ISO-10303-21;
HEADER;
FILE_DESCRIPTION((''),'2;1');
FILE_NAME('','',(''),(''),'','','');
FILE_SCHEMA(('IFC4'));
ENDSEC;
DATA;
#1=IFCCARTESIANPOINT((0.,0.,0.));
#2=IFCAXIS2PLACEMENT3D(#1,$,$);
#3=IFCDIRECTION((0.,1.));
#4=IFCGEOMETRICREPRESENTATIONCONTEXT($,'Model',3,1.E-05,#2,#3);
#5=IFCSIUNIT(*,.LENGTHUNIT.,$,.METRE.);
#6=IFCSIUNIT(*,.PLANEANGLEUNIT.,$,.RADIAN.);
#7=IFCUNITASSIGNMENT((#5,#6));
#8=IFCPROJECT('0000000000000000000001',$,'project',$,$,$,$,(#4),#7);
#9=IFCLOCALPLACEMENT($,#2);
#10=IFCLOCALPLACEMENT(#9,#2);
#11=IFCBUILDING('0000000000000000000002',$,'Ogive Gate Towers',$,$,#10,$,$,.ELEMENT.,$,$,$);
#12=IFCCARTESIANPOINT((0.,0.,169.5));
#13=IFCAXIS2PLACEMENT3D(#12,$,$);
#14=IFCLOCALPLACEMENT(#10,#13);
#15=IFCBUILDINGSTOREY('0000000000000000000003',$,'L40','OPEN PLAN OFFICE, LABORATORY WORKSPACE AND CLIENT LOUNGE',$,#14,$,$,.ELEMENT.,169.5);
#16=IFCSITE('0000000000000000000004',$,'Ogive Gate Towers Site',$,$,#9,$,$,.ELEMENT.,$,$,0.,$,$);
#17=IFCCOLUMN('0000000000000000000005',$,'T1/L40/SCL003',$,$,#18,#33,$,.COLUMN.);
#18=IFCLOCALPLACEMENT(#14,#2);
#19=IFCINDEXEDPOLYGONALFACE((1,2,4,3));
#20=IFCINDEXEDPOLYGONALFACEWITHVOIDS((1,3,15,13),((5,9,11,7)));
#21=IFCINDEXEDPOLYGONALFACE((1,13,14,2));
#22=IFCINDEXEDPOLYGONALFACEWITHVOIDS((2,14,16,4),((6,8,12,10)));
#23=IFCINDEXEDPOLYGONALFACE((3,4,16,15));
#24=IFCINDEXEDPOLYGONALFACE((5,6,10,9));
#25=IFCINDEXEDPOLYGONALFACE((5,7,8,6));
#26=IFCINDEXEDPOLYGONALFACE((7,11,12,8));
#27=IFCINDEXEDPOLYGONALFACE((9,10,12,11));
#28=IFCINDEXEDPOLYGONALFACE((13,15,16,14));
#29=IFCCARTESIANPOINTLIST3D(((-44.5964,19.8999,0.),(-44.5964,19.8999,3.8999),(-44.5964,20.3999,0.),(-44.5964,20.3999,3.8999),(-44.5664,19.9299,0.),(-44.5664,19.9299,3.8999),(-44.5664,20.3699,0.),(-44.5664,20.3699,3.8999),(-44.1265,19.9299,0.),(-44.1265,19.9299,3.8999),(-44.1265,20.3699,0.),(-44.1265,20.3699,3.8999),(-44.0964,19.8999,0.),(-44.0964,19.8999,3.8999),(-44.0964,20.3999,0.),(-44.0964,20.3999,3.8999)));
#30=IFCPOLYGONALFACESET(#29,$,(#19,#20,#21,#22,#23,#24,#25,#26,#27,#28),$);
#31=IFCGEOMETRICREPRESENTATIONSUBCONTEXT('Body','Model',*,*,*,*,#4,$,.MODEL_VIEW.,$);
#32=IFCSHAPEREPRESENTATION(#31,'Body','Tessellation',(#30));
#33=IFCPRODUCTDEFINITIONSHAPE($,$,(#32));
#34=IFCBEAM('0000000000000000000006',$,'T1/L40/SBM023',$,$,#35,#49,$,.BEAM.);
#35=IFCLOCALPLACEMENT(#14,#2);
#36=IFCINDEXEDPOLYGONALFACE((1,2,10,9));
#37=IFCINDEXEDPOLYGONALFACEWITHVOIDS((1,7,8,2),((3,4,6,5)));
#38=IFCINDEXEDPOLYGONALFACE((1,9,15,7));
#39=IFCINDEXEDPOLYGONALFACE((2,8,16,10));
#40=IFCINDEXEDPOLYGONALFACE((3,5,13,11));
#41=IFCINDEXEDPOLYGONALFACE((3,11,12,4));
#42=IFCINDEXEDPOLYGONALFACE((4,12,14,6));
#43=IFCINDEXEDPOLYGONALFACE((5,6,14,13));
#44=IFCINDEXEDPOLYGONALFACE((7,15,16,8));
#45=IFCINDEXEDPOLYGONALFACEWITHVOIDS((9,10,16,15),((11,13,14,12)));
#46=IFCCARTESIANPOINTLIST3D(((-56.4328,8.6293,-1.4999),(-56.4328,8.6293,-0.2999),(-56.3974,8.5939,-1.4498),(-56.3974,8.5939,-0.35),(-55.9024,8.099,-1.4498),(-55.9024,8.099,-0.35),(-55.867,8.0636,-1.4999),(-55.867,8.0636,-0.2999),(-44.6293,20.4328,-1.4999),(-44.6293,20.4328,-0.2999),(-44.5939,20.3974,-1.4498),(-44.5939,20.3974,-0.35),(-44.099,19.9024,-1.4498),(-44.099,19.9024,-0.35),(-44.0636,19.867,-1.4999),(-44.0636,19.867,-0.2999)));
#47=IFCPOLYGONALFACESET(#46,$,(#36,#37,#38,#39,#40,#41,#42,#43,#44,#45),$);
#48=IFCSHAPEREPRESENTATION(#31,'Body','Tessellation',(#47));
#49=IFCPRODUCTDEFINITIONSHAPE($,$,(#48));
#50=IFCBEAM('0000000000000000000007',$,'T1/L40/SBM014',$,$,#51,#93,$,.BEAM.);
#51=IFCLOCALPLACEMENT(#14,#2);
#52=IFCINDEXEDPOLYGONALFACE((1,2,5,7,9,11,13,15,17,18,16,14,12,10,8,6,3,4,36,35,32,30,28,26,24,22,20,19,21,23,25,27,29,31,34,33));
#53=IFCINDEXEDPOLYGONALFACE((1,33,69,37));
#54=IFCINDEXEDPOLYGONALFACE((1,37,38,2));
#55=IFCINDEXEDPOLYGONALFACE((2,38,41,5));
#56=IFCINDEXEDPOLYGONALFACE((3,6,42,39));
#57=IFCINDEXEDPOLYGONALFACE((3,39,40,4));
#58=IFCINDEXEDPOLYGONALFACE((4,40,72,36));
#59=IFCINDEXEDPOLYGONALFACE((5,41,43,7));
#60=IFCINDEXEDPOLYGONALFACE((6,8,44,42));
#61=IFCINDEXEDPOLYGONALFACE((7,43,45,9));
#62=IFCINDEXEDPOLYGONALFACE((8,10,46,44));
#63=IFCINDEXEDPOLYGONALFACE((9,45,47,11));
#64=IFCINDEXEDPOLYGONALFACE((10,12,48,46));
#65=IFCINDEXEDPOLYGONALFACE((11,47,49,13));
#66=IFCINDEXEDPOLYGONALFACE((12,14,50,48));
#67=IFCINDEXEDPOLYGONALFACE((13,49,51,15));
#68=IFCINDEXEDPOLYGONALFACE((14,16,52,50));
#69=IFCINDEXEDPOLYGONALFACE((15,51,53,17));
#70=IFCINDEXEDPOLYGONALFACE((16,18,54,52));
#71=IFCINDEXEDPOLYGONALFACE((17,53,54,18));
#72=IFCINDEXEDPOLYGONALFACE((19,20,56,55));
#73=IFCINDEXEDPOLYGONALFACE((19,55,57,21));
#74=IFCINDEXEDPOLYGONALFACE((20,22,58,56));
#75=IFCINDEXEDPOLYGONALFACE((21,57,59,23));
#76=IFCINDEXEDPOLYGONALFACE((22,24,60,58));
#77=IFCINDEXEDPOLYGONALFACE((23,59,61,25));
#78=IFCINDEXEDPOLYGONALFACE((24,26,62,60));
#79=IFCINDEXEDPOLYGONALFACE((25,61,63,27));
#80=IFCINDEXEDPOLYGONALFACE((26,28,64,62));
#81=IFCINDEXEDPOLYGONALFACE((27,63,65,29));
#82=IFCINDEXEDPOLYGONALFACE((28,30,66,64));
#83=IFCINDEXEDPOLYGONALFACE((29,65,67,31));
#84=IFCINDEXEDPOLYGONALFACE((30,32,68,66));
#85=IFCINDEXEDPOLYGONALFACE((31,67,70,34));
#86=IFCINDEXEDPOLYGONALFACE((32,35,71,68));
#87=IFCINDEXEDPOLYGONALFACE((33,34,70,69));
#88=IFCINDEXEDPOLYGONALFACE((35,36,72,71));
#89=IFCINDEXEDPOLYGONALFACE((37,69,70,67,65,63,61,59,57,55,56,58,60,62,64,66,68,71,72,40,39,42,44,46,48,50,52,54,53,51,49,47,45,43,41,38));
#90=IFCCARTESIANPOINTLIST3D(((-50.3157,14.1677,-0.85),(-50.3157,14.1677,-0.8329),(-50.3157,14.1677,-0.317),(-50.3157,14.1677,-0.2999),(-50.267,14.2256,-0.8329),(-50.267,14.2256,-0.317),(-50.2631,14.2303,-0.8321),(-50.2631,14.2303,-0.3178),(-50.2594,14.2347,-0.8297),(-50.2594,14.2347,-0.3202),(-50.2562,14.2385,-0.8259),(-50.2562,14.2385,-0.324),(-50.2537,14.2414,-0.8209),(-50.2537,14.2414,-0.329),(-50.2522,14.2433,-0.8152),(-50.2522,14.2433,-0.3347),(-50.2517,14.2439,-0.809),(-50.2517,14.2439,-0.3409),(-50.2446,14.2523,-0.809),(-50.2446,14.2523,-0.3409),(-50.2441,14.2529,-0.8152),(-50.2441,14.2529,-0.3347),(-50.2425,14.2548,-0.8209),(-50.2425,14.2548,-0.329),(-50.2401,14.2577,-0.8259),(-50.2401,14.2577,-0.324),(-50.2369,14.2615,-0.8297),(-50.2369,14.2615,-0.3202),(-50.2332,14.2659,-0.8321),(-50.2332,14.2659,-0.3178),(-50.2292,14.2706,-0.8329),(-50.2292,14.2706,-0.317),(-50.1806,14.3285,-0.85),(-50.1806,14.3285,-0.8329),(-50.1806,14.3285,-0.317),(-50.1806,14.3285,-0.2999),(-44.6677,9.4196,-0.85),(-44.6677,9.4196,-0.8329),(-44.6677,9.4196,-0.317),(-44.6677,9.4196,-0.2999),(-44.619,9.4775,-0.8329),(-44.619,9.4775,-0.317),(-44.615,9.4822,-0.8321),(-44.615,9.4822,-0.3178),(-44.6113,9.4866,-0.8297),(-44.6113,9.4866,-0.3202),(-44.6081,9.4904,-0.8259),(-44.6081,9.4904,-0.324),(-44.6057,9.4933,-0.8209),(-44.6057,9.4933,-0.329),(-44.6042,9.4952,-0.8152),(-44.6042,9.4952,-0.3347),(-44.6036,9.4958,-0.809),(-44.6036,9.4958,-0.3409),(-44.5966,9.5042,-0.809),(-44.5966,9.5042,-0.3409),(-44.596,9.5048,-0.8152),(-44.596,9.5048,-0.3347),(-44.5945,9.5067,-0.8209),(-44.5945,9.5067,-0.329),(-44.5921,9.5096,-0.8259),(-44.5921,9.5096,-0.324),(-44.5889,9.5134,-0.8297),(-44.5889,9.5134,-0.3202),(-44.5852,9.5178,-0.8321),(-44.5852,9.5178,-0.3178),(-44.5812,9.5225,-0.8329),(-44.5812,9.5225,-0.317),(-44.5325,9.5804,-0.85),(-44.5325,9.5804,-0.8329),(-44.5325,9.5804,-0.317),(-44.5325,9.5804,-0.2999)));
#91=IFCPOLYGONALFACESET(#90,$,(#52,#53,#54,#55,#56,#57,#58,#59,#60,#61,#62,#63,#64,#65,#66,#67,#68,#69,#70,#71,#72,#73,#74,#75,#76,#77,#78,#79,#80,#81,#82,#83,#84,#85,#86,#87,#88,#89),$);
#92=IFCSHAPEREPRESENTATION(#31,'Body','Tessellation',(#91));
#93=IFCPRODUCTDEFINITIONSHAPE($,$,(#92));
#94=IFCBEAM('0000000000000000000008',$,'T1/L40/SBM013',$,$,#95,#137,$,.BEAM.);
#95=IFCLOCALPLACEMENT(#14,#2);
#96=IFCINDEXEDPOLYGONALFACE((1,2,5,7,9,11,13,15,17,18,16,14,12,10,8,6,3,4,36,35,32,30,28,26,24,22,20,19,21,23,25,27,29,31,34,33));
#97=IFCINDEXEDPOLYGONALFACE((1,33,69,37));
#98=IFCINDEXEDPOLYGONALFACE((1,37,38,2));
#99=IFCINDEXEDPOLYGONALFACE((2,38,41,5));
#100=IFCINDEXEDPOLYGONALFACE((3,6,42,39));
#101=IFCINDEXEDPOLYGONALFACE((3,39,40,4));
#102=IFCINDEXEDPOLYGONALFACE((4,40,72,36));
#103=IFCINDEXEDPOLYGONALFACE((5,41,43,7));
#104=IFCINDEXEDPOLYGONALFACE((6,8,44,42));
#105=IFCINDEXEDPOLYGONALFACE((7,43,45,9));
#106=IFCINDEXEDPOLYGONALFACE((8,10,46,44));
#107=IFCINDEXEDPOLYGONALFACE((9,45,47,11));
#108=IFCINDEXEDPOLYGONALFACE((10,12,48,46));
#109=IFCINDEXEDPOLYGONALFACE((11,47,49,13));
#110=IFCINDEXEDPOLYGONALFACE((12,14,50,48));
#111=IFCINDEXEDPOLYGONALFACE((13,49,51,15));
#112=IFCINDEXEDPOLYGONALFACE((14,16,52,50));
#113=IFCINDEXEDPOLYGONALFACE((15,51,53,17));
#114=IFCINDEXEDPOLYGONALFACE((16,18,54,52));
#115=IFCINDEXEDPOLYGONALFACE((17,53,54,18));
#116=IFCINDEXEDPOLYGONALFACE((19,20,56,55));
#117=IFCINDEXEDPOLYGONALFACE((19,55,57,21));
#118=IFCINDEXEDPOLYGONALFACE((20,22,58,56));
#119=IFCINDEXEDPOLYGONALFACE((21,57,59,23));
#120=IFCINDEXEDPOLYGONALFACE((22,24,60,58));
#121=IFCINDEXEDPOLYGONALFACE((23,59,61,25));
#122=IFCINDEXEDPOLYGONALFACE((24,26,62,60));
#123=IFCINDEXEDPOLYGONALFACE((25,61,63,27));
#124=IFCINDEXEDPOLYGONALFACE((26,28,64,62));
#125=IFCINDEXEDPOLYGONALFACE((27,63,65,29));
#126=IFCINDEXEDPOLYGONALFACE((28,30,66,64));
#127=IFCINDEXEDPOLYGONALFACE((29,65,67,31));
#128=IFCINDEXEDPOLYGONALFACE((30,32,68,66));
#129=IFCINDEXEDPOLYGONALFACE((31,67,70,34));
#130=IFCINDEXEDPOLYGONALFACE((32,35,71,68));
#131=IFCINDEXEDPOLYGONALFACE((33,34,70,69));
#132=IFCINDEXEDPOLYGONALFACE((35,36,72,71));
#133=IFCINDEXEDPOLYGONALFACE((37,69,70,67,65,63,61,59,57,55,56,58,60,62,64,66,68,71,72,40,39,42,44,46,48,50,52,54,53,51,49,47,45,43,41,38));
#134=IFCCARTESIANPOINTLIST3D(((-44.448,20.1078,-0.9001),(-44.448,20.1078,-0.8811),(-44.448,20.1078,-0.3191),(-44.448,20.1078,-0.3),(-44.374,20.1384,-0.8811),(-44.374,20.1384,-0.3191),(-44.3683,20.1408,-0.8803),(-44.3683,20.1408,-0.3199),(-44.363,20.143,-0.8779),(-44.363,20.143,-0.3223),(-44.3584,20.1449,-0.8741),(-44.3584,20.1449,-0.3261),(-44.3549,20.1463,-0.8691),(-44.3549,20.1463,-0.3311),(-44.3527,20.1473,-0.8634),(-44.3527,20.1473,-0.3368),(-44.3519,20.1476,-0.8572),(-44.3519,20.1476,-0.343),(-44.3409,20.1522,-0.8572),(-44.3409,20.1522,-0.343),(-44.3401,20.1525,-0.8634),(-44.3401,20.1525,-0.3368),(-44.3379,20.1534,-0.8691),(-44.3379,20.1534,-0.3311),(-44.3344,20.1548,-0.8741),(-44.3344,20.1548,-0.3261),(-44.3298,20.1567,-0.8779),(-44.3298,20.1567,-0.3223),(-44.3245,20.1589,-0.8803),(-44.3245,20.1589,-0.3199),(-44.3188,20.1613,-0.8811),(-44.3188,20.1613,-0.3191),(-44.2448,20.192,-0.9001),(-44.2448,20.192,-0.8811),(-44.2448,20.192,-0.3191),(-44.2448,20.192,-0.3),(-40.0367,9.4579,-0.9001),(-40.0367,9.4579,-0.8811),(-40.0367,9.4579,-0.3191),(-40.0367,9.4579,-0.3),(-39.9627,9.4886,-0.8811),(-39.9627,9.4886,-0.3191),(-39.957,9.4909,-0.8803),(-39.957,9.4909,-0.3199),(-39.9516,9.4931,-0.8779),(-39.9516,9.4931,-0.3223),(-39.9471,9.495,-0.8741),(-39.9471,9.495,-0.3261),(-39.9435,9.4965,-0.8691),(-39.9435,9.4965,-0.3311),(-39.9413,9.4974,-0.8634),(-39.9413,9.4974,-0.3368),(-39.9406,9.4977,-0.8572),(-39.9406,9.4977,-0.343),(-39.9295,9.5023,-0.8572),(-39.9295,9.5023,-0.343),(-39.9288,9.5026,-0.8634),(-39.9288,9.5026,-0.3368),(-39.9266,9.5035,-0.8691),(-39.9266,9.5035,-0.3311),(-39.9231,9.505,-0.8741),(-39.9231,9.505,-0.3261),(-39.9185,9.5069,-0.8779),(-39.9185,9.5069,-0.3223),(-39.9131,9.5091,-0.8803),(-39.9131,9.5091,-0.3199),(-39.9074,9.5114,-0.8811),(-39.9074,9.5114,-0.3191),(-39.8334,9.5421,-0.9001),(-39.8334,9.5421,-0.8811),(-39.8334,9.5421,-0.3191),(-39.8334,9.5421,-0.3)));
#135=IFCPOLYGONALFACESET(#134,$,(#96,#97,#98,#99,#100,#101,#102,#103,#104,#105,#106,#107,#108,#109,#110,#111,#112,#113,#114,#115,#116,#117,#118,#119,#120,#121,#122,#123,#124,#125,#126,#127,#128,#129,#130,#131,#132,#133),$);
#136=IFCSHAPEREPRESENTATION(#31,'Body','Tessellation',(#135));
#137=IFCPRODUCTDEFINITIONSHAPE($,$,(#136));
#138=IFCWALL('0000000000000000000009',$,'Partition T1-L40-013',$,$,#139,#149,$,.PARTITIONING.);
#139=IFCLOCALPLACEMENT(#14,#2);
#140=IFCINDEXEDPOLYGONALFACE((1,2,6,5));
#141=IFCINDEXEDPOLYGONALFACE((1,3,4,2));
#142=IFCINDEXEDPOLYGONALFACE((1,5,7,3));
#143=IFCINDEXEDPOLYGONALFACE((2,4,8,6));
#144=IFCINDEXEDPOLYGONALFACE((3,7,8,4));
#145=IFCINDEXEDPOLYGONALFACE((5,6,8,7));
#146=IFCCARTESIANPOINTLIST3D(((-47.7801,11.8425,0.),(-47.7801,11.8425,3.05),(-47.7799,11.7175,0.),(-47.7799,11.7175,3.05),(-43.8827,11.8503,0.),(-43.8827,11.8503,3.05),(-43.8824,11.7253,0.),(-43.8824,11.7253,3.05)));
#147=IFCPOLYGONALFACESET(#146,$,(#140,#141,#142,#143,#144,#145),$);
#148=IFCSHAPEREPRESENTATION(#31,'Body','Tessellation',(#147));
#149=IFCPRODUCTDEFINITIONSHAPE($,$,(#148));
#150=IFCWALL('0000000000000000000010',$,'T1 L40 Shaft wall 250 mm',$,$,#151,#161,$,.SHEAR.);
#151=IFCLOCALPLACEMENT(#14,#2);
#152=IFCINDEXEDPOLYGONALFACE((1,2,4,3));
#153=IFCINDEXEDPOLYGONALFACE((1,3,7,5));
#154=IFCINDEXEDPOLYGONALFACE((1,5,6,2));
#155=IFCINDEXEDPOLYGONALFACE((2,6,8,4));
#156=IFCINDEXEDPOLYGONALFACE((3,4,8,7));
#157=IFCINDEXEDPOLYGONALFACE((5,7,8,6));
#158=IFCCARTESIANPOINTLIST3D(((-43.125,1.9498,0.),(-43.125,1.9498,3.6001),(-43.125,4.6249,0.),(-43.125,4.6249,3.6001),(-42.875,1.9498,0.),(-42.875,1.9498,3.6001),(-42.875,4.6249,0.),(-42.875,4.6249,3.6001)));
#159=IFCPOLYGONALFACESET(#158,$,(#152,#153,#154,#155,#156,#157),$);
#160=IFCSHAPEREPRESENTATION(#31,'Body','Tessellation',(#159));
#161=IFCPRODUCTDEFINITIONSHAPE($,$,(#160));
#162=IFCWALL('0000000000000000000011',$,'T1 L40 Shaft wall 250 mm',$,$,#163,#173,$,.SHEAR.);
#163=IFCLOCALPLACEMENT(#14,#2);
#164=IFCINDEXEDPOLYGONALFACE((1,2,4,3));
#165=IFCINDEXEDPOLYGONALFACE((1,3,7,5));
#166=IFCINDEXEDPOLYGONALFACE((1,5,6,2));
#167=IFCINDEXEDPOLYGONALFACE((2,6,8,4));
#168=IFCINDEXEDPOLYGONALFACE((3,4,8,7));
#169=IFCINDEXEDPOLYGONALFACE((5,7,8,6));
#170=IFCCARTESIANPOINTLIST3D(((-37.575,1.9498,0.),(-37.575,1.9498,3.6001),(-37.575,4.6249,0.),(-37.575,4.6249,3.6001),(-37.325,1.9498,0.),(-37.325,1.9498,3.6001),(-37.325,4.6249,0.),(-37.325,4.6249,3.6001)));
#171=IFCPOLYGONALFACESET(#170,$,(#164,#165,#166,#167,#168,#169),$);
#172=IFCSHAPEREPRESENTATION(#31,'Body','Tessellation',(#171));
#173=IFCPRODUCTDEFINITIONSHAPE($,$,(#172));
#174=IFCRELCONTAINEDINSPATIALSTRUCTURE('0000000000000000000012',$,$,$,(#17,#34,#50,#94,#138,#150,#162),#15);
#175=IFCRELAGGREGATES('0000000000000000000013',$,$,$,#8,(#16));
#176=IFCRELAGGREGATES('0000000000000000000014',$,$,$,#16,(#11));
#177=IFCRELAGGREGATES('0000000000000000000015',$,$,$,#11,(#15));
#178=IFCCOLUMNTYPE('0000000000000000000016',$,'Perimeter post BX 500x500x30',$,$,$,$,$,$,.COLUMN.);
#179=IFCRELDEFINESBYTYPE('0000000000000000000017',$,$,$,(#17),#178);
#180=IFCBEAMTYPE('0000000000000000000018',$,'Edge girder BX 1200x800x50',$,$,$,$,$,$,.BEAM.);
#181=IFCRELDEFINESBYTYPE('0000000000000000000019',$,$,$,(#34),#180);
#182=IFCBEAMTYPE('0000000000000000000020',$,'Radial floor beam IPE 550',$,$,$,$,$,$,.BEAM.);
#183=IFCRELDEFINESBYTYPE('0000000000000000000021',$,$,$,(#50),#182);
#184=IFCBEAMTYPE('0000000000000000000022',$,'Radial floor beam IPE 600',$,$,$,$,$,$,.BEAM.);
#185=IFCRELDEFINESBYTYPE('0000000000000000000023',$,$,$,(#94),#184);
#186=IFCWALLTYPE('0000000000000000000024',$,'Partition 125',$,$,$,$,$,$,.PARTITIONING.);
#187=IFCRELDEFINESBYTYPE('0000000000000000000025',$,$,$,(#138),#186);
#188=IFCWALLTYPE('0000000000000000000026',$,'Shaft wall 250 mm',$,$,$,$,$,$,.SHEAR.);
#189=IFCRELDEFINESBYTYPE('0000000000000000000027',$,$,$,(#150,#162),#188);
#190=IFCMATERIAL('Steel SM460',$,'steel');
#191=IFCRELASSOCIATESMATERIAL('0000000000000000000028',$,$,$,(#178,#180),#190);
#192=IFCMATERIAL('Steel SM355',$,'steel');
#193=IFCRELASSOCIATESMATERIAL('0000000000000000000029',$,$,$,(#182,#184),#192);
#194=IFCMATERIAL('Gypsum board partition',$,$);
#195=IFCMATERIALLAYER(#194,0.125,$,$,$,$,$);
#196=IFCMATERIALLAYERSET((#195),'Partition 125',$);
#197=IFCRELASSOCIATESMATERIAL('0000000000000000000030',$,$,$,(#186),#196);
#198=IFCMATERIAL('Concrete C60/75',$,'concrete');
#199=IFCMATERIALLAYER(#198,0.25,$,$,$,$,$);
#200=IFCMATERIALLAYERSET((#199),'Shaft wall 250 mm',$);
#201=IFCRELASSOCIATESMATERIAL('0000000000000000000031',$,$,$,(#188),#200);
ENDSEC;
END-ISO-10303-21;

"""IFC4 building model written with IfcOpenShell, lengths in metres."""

from ifc_helpers import new_model, si_unit, direction, frame, frame_2d, origin, origin_2d, place, context, subcontext, project, spatial, rectangle, hollow_rectangle, i_section, extrude, material, layer, layer_set, material_profile, profile_set, type_object, element, save


model = new_model("IFC4")

# Units and contexts
model_context = context("Model", 3, precision=1e-05, world=origin(), true_north=direction((0.0, 1.0)))
body_context = subcontext(model_context, "Body", "Model", "MODEL_VIEW")
ifc_project = project(units=[si_unit("LENGTHUNIT", "METRE"), si_unit("PLANEANGLEUNIT", "RADIAN")], contexts=[model_context])

# Site, building, storey
site_placement = place(None, origin())
site = spatial("IfcSite", under=ifc_project, at=site_placement, Name="Ogive Gate Towers Site", CompositionType="ELEMENT", RefElevation=0.0)
building_placement = place(site_placement, origin())
building = spatial("IfcBuilding", under=site, at=building_placement, Name="Ogive Gate Towers", CompositionType="ELEMENT")
storey_placement = place(building_placement, frame((0.0, 0.0, 169.5)))
storey = spatial("IfcBuildingStorey", under=building, at=storey_placement, Name="L40", Description="OPEN PLAN OFFICE, LABORATORY WORKSPACE AND CLIENT LOUNGE", CompositionType="ELEMENT", Elevation=169.5)

# Column
ifc_material_1 = material(Name="Steel SM460", Category="steel")
ifc_material_profile_1 = material_profile(ifc_material_1, hollow_rectangle(XDim=0.5, YDim=0.5, WallThickness=0.03, at=origin_2d()), Name="BX 500x500x30")
ifc_profile_set_1 = profile_set([ifc_material_profile_1], Name="Steel SM460")
column_type = type_object("IfcColumnType", Name="Perimeter post BX 500x500x30", PredefinedType="COLUMN", material=ifc_profile_set_1)
column_placement = place(storey_placement, frame((-44.3464, 20.1499, 0.0), z_axis=(0.0, 0.0, 1.0), x_axis=(1.0, 0.0, 0.0)))
element("IfcColumn", 1, at=column_placement, inside=storey, type_object=column_type, Name="T1/L40/SCL003", PredefinedType="COLUMN", context=body_context, shape_type="SweptSolid", body=[
    extrude(hollow_rectangle(XDim=0.5, YDim=0.5, WallThickness=0.03, at=origin_2d()), origin(), (0.0, 0.0, 1.0), 3.8999),
])

# Beams
ifc_material_profile_2 = material_profile(ifc_material_1, hollow_rectangle(XDim=0.8, YDim=1.2, WallThickness=0.05, at=origin_2d()), Name="BX 1200x800x50")
ifc_profile_set_2 = profile_set([ifc_material_profile_2], Name="Steel SM460")
beam_type_1 = type_object("IfcBeamType", Name="Edge girder BX 1200x800x50", PredefinedType="BEAM", material=ifc_profile_set_2)
beam_1_placement = place(storey_placement, frame((-44.3464, 20.1499, -0.8999), z_axis=(-0.707107, -0.707107, 0.0), x_axis=(0.707107, -0.707107, 0.0)))
element("IfcBeam", 2, at=beam_1_placement, inside=storey, type_object=beam_type_1, Name="T1/L40/SBM023", PredefinedType="BEAM", context=body_context, shape_type="SweptSolid", body=[
    extrude(hollow_rectangle(XDim=0.8, YDim=1.2, WallThickness=0.05, at=origin_2d()), origin(), (0.0, 0.0, 1.0), 16.6926),
])
ifc_material_2 = material(Name="Steel SM355", Category="steel")
ifc_material_profile_3 = material_profile(ifc_material_2, i_section(OverallWidth=0.21, OverallDepth=0.55, WebThickness=0.011, FlangeThickness=0.0171, FilletRadius=0.0239, at=origin_2d()), Name="IPE 550")
ifc_profile_set_3 = profile_set([ifc_material_profile_3], Name="Steel SM355")
beam_type_2 = type_object("IfcBeamType", Name="Radial floor beam IPE 550", PredefinedType="BEAM", material=ifc_profile_set_3)
beam_2_placement = place(storey_placement, frame((-44.6001, 9.5, -0.575), z_axis=(-0.765453, 0.643492, 0.0), x_axis=(-0.643492, -0.765453, 0.0)))
element("IfcBeam", 3, at=beam_2_placement, inside=storey, type_object=beam_type_2, Name="T1/L40/SBM014", PredefinedType="BEAM", context=body_context, shape_type="SweptSolid", body=[
    extrude(i_section(OverallWidth=0.21, OverallDepth=0.55, WebThickness=0.011, FlangeThickness=0.0171, FilletRadius=0.0239, at=origin_2d()), origin(), (0.0, 0.0, 1.0), 7.3787),
])
ifc_material_profile_4 = material_profile(ifc_material_2, i_section(OverallWidth=0.22, OverallDepth=0.6001, WebThickness=0.012, FlangeThickness=0.019, FilletRadius=0.0239, at=origin_2d()), Name="IPE 600")
ifc_profile_set_4 = profile_set([ifc_material_profile_4], Name="Steel SM355")
beam_type_3 = type_object("IfcBeamType", Name="Radial floor beam IPE 600", PredefinedType="BEAM", material=ifc_profile_set_4)
beam_3_placement = place(storey_placement, frame((-39.9351, 9.5, -0.6001), z_axis=(-0.382687, 0.923878, 0.0), x_axis=(-0.923878, -0.382687, 0.0)))
element("IfcBeam", 4, at=beam_3_placement, inside=storey, type_object=beam_type_3, Name="T1/L40/SBM013", PredefinedType="BEAM", context=body_context, shape_type="SweptSolid", body=[
    extrude(i_section(OverallWidth=0.22, OverallDepth=0.6001, WebThickness=0.012, FlangeThickness=0.019, FilletRadius=0.0239, at=origin_2d()), origin(), (0.0, 0.0, 1.0), 11.5273),
])

# Walls
ifc_material_3 = material(Name="Gypsum board partition")
ifc_layer_1 = layer(ifc_material_3, 0.125)
ifc_layer_set_1 = layer_set([ifc_layer_1], Name="Partition 125")
wall_type_1 = type_object("IfcWallType", Name="Partition 125", PredefinedType="PARTITIONING", material=ifc_layer_set_1)
wall_1_placement = place(storey_placement, frame((-43.8826, 11.7878, 0.0), z_axis=(0.0, 0.0, 1.0), x_axis=(-0.999998, -0.002005, 0.0)))
element("IfcWall", 5, at=wall_1_placement, inside=storey, type_object=wall_type_1, Name="Partition T1-L40-013", PredefinedType="PARTITIONING", context=body_context, shape_type="SweptSolid", body=[
    extrude(rectangle(XDim=3.8975, YDim=0.125, at=frame_2d((1.9487, 0.0))), origin(), (0.0, 0.0, 1.0), 3.05),
])
ifc_material_4 = material(Name="Concrete C60/75", Category="concrete")
ifc_layer_2 = layer(ifc_material_4, 0.25)
ifc_layer_set_2 = layer_set([ifc_layer_2], Name="Shaft wall 250 mm")
wall_type_2 = type_object("IfcWallType", Name="Shaft wall 250 mm", PredefinedType="SHEAR", material=ifc_layer_set_2)
for number, where, z_axis, x_axis, name in (
    (6, (-43.0, 1.95, 0.0), (0.0, 0.0, 1.0), (0.0, 1.0, 0.0), "T1 L40 Shaft wall 250 mm"),
    (7, (-37.45, 1.95, 0.0), (0.0, 0.0, 1.0), (0.0, 1.0, 0.0), "T1 L40 Shaft wall 250 mm"),
):
    element("IfcWall", number, at=place(storey_placement, frame(where, z_axis=z_axis, x_axis=x_axis)), inside=storey, type_object=wall_type_2, Name=name, PredefinedType="SHEAR", context=body_context, shape_type="SweptSolid", body=[
        extrude(rectangle(XDim=2.675, YDim=0.25, at=frame_2d((1.3374, 0.0))), origin(), (0.0, 0.0, 1.0), 3.6001),
    ])

save(model, "model.ifc")
